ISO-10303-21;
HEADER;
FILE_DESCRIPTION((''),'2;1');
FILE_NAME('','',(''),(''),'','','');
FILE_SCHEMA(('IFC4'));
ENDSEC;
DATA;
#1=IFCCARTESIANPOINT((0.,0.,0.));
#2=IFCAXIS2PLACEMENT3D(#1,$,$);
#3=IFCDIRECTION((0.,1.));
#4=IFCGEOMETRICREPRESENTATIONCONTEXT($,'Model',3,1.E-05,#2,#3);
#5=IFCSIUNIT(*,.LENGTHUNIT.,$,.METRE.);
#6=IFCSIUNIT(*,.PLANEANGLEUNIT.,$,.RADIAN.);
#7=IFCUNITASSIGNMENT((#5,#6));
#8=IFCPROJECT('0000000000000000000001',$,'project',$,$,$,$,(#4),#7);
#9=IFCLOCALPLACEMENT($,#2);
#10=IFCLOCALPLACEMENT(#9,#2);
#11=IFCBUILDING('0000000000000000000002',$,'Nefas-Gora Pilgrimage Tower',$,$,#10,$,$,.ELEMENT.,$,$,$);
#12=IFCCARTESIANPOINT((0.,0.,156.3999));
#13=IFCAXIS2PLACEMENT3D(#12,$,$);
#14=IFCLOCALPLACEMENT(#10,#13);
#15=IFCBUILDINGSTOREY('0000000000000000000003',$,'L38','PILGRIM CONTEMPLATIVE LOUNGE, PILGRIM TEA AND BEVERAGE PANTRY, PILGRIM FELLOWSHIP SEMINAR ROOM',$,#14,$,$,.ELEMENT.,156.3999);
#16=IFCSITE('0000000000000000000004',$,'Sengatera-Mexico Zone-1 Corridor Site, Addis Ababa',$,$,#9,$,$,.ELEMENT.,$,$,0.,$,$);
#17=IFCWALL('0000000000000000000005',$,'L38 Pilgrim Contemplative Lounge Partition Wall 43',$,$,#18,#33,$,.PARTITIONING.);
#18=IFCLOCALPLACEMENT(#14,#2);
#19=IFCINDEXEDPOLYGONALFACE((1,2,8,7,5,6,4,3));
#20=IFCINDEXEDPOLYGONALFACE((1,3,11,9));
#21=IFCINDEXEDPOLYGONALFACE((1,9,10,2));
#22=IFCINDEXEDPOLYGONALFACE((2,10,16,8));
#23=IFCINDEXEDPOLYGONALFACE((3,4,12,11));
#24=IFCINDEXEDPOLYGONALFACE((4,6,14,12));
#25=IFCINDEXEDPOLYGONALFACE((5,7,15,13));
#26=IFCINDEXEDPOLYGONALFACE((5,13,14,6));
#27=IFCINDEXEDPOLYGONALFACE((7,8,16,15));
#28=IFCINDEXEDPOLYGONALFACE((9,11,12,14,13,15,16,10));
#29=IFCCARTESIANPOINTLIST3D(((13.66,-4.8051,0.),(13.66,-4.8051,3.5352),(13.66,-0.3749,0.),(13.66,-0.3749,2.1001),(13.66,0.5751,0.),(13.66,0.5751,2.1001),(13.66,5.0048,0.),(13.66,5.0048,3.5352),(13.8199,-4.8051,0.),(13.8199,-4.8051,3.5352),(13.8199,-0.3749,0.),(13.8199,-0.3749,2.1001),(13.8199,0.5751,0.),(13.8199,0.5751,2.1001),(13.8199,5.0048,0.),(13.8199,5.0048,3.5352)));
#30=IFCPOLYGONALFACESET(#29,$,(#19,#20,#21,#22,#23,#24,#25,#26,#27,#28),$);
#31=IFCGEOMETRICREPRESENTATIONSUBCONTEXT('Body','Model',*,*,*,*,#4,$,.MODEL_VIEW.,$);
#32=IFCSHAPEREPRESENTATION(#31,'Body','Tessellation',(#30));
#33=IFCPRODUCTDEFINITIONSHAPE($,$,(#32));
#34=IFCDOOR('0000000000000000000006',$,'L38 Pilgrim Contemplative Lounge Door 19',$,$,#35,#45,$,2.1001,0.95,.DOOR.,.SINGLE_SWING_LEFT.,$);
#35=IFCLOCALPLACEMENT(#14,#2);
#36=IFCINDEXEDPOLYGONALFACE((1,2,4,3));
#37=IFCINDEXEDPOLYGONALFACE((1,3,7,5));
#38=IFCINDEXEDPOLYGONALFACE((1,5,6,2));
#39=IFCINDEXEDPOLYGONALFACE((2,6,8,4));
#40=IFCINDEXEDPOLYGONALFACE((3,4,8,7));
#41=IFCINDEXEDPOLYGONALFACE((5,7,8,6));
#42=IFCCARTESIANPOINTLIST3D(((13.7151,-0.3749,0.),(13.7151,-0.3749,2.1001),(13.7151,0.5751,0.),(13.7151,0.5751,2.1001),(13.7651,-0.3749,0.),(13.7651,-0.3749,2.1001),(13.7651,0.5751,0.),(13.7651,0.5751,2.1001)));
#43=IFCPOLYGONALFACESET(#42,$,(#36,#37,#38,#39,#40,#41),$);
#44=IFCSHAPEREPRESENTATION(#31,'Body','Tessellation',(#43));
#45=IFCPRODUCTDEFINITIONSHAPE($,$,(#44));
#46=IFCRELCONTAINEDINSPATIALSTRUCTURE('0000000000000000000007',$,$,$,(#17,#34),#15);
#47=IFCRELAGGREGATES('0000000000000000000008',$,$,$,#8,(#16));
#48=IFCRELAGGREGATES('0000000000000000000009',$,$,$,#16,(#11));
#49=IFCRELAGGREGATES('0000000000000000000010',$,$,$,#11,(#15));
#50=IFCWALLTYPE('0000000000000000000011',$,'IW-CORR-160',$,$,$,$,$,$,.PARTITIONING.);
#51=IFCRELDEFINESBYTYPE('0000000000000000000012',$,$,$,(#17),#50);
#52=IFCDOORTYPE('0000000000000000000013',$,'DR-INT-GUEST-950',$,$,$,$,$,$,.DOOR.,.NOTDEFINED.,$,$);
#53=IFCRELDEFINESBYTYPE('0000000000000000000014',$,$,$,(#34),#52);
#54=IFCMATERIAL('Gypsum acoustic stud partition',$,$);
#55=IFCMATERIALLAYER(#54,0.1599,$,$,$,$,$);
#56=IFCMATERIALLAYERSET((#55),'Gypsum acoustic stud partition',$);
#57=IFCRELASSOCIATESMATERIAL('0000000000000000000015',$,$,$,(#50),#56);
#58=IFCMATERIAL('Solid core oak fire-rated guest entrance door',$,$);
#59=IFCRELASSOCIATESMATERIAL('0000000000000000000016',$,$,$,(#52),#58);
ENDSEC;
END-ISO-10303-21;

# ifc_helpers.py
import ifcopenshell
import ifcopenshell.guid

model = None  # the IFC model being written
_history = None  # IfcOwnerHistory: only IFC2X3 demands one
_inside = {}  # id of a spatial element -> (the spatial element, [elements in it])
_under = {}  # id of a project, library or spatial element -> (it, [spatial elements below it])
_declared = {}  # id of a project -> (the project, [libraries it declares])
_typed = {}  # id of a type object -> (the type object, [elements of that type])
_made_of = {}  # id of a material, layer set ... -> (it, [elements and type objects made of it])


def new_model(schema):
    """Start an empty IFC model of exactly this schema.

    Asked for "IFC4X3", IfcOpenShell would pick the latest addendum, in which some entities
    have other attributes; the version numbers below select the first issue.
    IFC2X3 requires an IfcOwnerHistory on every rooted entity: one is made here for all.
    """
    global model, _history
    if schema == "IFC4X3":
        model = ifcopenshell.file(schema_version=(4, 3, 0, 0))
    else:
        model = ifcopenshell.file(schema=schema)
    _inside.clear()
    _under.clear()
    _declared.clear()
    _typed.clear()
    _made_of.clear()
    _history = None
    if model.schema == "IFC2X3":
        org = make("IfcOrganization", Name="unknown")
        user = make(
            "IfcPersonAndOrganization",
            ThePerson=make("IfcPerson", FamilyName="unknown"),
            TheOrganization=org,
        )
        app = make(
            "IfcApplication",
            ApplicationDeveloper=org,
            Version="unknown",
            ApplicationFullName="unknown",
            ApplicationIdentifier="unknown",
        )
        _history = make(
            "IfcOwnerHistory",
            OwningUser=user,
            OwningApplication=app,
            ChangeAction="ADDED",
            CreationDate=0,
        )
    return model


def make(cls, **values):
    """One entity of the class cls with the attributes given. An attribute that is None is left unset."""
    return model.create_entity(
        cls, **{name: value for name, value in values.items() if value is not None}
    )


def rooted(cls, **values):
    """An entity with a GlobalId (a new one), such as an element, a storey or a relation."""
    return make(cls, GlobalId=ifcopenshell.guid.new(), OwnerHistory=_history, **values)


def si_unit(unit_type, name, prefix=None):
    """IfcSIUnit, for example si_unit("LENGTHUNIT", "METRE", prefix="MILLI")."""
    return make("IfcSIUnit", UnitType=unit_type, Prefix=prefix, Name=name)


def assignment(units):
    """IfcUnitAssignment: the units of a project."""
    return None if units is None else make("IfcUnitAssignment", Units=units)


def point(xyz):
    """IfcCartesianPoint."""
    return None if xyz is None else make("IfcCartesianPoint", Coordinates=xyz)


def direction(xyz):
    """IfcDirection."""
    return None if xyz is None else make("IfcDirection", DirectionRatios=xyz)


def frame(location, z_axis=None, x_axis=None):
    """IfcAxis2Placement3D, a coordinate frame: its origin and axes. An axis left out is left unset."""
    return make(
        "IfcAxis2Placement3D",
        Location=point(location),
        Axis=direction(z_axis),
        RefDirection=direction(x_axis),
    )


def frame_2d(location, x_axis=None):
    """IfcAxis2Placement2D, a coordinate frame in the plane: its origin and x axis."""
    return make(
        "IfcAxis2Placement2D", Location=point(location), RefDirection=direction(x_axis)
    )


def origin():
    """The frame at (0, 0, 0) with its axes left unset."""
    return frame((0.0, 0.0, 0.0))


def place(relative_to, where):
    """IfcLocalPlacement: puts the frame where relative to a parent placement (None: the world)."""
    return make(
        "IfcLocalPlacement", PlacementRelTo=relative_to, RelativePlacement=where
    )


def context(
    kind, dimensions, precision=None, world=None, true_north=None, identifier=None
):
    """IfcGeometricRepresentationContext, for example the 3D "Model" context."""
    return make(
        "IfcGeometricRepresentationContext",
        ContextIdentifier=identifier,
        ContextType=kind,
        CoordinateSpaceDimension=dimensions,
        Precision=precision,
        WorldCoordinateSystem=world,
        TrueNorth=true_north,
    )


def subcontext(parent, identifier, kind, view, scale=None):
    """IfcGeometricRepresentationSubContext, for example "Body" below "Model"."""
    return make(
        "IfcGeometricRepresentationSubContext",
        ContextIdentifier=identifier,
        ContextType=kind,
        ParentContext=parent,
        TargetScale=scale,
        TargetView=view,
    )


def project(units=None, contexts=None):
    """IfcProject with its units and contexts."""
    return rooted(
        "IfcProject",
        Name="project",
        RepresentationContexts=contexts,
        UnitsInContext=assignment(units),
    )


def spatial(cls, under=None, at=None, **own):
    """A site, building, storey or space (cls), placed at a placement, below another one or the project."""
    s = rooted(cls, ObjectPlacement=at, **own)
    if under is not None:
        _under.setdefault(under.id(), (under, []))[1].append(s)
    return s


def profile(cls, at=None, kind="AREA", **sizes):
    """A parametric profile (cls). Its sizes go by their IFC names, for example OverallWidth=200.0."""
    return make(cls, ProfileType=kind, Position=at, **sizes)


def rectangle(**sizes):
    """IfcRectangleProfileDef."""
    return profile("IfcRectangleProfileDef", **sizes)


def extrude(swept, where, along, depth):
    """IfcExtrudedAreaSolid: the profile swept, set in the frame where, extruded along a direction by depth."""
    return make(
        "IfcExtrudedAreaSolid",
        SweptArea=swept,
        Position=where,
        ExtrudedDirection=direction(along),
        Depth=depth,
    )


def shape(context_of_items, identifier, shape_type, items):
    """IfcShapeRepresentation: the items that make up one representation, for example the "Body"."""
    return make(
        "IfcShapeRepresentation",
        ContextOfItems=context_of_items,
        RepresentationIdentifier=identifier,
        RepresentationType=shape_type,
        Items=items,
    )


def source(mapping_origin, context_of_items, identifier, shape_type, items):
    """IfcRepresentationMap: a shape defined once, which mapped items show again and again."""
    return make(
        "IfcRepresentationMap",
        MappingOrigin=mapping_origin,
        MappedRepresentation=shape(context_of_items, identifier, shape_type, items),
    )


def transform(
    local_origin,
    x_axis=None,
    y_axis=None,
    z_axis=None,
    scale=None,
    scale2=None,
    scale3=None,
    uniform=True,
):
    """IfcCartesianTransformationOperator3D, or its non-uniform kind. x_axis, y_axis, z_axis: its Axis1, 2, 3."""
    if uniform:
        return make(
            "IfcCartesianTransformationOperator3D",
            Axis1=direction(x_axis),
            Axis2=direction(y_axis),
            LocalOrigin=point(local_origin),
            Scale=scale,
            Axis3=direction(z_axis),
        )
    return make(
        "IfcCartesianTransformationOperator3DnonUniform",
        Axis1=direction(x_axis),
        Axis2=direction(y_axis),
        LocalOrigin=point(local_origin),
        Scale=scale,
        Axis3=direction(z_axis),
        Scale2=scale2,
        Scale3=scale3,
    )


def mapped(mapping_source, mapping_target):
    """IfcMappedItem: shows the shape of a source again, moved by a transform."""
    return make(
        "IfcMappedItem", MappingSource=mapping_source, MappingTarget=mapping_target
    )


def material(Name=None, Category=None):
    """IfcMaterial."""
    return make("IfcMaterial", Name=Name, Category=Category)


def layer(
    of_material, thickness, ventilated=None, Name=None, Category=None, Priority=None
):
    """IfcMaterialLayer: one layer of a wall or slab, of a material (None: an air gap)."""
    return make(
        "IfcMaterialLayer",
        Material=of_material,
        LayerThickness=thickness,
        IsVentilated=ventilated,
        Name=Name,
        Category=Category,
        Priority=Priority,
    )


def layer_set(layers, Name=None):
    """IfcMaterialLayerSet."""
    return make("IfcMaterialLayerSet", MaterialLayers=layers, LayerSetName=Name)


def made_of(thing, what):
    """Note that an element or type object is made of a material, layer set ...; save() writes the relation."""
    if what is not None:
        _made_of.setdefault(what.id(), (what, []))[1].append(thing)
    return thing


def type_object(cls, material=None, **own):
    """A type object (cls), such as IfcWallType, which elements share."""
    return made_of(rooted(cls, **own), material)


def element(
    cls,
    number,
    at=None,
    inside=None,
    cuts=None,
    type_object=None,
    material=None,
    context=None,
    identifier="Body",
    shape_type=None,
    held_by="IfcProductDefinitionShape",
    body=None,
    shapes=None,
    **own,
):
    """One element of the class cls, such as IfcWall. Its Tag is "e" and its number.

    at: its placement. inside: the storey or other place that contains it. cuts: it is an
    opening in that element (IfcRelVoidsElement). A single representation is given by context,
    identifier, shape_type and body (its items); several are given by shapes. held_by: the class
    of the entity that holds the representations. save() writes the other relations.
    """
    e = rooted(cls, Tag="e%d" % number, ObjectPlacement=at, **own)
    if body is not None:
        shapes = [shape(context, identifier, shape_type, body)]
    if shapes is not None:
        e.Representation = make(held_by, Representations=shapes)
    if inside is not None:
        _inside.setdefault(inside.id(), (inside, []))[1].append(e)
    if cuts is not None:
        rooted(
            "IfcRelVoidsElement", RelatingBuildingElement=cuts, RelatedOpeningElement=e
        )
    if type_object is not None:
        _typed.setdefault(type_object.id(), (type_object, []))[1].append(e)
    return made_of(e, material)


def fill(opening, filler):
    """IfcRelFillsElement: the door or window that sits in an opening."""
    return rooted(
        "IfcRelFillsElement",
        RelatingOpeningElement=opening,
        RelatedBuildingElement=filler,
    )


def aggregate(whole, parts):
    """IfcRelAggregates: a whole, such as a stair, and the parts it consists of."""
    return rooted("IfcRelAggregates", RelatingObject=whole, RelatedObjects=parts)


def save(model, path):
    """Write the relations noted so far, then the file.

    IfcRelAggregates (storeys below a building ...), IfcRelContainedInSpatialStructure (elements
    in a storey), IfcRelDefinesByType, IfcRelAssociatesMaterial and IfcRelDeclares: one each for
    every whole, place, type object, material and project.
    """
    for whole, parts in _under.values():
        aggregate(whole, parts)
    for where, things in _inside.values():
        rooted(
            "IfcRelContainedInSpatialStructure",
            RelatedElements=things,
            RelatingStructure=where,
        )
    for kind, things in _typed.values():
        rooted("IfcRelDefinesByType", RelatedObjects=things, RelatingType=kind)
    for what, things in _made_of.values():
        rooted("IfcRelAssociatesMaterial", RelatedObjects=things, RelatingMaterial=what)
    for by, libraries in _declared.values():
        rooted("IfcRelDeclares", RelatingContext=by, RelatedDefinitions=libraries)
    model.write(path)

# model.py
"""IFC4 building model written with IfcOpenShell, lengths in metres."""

from ifc_helpers import new_model, si_unit, direction, frame, frame_2d, origin, place, context, subcontext, project, spatial, rectangle, extrude, source, transform, mapped, material, layer, layer_set, type_object, element, fill, save


model = new_model("IFC4")

# Units and contexts
model_context = context("Model", 3, precision=1e-05, world=origin(), true_north=direction((0.0, 1.0)))
body_context = subcontext(model_context, "Body", "Model", "MODEL_VIEW")
ifc_project = project(units=[si_unit("LENGTHUNIT", "METRE"), si_unit("PLANEANGLEUNIT", "RADIAN")], contexts=[model_context])

# Site, building, storey
site_placement = place(None, origin())
site = spatial("IfcSite", under=ifc_project, at=site_placement, Name="Sengatera-Mexico Zone-1 Corridor Site, Addis Ababa", CompositionType="ELEMENT", RefElevation=0.0)
building_placement = place(site_placement, origin())
building = spatial("IfcBuilding", under=site, at=building_placement, Name="Nefas-Gora Pilgrimage Tower", CompositionType="ELEMENT")
storey_placement = place(building_placement, frame((0.0, 0.0, 156.3999)))
storey = spatial("IfcBuildingStorey", under=building, at=storey_placement, Name="L38", Description="PILGRIM CONTEMPLATIVE LOUNGE, PILGRIM TEA AND BEVERAGE PANTRY, PILGRIM FELLOWSHIP SEMINAR ROOM", CompositionType="ELEMENT", Elevation=156.3999)

# Shared definitions
ifc_material_1 = material(Name="Gypsum acoustic stud partition")
ifc_layer_1 = layer(ifc_material_1, 0.1599)
ifc_layer_set_1 = layer_set([ifc_layer_1], Name="Gypsum acoustic stud partition")
wall_type_1 = type_object("IfcWallType", Name="IW-CORR-160", PredefinedType="PARTITIONING", material=ifc_layer_set_1)
ifc_material_2 = material(Name="Solid core oak fire-rated guest entrance door")
door_type_1 = type_object("IfcDoorType", Name="DR-INT-GUEST-950", OperationType="NOTDEFINED", PredefinedType="DOOR", material=ifc_material_2)
shared_shape_1 = source(origin(), body_context, "Body", "SweptSolid", [
    extrude(rectangle(XDim=0.95, YDim=2.1001, at=frame_2d((0.4751, 1.05))), frame((0.0, 0.0249, 0.0), z_axis=(0.0, -1.0, 0.0), x_axis=(1.0, 0.0, 0.0)), (0.0, 0.0, 1.0), 0.05),
])

# Wall, opening, door
shared_shape_2 = source(origin(), body_context, "Body", "SweptSolid", [
    extrude(rectangle(XDim=9.8098, YDim=0.1599, at=frame_2d((4.9048, 0.0))), origin(), (0.0, 0.0, 1.0), 3.5352),
])
wall_1_placement = place(storey_placement, frame((13.74, -4.8049, 0.0), z_axis=(0.0, 0.0, 1.0), x_axis=(0.0, 1.0, 0.0)))
wall_1 = element("IfcWall", 1, at=wall_1_placement, inside=storey, type_object=wall_type_1, Name="L38 Pilgrim Contemplative Lounge Partition Wall 43", PredefinedType="PARTITIONING", context=body_context, shape_type="MappedRepresentation", body=[
    mapped(shared_shape_2, transform((0.0, 0.0, 0.0), x_axis=(1.0, 0.0, 0.0), y_axis=(0.0, 1.0, 0.0), z_axis=(0.0, 0.0, 1.0), scale=1.0)),
])
opening_1_placement = place(wall_1_placement, frame((4.4299, 0.0, 0.0)))
opening_1 = element("IfcOpeningElement", 2, at=opening_1_placement, cuts=wall_1, PredefinedType="OPENING", context=body_context, shape_type="SweptSolid", body=[
    extrude(rectangle(XDim=0.95, YDim=2.1001, at=frame_2d((0.4751, 1.05))), frame((0.0, 0.0898, 0.0), z_axis=(0.0, -1.0, 0.0), x_axis=(1.0, 0.0, 0.0)), (0.0, 0.0, 1.0), 0.1799),
])
door_1_placement = place(opening_1_placement, origin())
door_1 = element("IfcDoor", 3, at=door_1_placement, inside=storey, type_object=door_type_1, Name="L38 Pilgrim Contemplative Lounge Door 19", OperationType="SINGLE_SWING_LEFT", OverallHeight=2.1001, OverallWidth=0.95, PredefinedType="DOOR", context=body_context, shape_type="MappedRepresentation", body=[
    mapped(shared_shape_1, transform((0.0, 0.0, 0.0), x_axis=(1.0, 0.0, 0.0), y_axis=(0.0, 1.0, 0.0), z_axis=(0.0, 0.0, 1.0), scale=1.0)),
])
fill(opening_1, door_1)

save(model, "model.ifc")
